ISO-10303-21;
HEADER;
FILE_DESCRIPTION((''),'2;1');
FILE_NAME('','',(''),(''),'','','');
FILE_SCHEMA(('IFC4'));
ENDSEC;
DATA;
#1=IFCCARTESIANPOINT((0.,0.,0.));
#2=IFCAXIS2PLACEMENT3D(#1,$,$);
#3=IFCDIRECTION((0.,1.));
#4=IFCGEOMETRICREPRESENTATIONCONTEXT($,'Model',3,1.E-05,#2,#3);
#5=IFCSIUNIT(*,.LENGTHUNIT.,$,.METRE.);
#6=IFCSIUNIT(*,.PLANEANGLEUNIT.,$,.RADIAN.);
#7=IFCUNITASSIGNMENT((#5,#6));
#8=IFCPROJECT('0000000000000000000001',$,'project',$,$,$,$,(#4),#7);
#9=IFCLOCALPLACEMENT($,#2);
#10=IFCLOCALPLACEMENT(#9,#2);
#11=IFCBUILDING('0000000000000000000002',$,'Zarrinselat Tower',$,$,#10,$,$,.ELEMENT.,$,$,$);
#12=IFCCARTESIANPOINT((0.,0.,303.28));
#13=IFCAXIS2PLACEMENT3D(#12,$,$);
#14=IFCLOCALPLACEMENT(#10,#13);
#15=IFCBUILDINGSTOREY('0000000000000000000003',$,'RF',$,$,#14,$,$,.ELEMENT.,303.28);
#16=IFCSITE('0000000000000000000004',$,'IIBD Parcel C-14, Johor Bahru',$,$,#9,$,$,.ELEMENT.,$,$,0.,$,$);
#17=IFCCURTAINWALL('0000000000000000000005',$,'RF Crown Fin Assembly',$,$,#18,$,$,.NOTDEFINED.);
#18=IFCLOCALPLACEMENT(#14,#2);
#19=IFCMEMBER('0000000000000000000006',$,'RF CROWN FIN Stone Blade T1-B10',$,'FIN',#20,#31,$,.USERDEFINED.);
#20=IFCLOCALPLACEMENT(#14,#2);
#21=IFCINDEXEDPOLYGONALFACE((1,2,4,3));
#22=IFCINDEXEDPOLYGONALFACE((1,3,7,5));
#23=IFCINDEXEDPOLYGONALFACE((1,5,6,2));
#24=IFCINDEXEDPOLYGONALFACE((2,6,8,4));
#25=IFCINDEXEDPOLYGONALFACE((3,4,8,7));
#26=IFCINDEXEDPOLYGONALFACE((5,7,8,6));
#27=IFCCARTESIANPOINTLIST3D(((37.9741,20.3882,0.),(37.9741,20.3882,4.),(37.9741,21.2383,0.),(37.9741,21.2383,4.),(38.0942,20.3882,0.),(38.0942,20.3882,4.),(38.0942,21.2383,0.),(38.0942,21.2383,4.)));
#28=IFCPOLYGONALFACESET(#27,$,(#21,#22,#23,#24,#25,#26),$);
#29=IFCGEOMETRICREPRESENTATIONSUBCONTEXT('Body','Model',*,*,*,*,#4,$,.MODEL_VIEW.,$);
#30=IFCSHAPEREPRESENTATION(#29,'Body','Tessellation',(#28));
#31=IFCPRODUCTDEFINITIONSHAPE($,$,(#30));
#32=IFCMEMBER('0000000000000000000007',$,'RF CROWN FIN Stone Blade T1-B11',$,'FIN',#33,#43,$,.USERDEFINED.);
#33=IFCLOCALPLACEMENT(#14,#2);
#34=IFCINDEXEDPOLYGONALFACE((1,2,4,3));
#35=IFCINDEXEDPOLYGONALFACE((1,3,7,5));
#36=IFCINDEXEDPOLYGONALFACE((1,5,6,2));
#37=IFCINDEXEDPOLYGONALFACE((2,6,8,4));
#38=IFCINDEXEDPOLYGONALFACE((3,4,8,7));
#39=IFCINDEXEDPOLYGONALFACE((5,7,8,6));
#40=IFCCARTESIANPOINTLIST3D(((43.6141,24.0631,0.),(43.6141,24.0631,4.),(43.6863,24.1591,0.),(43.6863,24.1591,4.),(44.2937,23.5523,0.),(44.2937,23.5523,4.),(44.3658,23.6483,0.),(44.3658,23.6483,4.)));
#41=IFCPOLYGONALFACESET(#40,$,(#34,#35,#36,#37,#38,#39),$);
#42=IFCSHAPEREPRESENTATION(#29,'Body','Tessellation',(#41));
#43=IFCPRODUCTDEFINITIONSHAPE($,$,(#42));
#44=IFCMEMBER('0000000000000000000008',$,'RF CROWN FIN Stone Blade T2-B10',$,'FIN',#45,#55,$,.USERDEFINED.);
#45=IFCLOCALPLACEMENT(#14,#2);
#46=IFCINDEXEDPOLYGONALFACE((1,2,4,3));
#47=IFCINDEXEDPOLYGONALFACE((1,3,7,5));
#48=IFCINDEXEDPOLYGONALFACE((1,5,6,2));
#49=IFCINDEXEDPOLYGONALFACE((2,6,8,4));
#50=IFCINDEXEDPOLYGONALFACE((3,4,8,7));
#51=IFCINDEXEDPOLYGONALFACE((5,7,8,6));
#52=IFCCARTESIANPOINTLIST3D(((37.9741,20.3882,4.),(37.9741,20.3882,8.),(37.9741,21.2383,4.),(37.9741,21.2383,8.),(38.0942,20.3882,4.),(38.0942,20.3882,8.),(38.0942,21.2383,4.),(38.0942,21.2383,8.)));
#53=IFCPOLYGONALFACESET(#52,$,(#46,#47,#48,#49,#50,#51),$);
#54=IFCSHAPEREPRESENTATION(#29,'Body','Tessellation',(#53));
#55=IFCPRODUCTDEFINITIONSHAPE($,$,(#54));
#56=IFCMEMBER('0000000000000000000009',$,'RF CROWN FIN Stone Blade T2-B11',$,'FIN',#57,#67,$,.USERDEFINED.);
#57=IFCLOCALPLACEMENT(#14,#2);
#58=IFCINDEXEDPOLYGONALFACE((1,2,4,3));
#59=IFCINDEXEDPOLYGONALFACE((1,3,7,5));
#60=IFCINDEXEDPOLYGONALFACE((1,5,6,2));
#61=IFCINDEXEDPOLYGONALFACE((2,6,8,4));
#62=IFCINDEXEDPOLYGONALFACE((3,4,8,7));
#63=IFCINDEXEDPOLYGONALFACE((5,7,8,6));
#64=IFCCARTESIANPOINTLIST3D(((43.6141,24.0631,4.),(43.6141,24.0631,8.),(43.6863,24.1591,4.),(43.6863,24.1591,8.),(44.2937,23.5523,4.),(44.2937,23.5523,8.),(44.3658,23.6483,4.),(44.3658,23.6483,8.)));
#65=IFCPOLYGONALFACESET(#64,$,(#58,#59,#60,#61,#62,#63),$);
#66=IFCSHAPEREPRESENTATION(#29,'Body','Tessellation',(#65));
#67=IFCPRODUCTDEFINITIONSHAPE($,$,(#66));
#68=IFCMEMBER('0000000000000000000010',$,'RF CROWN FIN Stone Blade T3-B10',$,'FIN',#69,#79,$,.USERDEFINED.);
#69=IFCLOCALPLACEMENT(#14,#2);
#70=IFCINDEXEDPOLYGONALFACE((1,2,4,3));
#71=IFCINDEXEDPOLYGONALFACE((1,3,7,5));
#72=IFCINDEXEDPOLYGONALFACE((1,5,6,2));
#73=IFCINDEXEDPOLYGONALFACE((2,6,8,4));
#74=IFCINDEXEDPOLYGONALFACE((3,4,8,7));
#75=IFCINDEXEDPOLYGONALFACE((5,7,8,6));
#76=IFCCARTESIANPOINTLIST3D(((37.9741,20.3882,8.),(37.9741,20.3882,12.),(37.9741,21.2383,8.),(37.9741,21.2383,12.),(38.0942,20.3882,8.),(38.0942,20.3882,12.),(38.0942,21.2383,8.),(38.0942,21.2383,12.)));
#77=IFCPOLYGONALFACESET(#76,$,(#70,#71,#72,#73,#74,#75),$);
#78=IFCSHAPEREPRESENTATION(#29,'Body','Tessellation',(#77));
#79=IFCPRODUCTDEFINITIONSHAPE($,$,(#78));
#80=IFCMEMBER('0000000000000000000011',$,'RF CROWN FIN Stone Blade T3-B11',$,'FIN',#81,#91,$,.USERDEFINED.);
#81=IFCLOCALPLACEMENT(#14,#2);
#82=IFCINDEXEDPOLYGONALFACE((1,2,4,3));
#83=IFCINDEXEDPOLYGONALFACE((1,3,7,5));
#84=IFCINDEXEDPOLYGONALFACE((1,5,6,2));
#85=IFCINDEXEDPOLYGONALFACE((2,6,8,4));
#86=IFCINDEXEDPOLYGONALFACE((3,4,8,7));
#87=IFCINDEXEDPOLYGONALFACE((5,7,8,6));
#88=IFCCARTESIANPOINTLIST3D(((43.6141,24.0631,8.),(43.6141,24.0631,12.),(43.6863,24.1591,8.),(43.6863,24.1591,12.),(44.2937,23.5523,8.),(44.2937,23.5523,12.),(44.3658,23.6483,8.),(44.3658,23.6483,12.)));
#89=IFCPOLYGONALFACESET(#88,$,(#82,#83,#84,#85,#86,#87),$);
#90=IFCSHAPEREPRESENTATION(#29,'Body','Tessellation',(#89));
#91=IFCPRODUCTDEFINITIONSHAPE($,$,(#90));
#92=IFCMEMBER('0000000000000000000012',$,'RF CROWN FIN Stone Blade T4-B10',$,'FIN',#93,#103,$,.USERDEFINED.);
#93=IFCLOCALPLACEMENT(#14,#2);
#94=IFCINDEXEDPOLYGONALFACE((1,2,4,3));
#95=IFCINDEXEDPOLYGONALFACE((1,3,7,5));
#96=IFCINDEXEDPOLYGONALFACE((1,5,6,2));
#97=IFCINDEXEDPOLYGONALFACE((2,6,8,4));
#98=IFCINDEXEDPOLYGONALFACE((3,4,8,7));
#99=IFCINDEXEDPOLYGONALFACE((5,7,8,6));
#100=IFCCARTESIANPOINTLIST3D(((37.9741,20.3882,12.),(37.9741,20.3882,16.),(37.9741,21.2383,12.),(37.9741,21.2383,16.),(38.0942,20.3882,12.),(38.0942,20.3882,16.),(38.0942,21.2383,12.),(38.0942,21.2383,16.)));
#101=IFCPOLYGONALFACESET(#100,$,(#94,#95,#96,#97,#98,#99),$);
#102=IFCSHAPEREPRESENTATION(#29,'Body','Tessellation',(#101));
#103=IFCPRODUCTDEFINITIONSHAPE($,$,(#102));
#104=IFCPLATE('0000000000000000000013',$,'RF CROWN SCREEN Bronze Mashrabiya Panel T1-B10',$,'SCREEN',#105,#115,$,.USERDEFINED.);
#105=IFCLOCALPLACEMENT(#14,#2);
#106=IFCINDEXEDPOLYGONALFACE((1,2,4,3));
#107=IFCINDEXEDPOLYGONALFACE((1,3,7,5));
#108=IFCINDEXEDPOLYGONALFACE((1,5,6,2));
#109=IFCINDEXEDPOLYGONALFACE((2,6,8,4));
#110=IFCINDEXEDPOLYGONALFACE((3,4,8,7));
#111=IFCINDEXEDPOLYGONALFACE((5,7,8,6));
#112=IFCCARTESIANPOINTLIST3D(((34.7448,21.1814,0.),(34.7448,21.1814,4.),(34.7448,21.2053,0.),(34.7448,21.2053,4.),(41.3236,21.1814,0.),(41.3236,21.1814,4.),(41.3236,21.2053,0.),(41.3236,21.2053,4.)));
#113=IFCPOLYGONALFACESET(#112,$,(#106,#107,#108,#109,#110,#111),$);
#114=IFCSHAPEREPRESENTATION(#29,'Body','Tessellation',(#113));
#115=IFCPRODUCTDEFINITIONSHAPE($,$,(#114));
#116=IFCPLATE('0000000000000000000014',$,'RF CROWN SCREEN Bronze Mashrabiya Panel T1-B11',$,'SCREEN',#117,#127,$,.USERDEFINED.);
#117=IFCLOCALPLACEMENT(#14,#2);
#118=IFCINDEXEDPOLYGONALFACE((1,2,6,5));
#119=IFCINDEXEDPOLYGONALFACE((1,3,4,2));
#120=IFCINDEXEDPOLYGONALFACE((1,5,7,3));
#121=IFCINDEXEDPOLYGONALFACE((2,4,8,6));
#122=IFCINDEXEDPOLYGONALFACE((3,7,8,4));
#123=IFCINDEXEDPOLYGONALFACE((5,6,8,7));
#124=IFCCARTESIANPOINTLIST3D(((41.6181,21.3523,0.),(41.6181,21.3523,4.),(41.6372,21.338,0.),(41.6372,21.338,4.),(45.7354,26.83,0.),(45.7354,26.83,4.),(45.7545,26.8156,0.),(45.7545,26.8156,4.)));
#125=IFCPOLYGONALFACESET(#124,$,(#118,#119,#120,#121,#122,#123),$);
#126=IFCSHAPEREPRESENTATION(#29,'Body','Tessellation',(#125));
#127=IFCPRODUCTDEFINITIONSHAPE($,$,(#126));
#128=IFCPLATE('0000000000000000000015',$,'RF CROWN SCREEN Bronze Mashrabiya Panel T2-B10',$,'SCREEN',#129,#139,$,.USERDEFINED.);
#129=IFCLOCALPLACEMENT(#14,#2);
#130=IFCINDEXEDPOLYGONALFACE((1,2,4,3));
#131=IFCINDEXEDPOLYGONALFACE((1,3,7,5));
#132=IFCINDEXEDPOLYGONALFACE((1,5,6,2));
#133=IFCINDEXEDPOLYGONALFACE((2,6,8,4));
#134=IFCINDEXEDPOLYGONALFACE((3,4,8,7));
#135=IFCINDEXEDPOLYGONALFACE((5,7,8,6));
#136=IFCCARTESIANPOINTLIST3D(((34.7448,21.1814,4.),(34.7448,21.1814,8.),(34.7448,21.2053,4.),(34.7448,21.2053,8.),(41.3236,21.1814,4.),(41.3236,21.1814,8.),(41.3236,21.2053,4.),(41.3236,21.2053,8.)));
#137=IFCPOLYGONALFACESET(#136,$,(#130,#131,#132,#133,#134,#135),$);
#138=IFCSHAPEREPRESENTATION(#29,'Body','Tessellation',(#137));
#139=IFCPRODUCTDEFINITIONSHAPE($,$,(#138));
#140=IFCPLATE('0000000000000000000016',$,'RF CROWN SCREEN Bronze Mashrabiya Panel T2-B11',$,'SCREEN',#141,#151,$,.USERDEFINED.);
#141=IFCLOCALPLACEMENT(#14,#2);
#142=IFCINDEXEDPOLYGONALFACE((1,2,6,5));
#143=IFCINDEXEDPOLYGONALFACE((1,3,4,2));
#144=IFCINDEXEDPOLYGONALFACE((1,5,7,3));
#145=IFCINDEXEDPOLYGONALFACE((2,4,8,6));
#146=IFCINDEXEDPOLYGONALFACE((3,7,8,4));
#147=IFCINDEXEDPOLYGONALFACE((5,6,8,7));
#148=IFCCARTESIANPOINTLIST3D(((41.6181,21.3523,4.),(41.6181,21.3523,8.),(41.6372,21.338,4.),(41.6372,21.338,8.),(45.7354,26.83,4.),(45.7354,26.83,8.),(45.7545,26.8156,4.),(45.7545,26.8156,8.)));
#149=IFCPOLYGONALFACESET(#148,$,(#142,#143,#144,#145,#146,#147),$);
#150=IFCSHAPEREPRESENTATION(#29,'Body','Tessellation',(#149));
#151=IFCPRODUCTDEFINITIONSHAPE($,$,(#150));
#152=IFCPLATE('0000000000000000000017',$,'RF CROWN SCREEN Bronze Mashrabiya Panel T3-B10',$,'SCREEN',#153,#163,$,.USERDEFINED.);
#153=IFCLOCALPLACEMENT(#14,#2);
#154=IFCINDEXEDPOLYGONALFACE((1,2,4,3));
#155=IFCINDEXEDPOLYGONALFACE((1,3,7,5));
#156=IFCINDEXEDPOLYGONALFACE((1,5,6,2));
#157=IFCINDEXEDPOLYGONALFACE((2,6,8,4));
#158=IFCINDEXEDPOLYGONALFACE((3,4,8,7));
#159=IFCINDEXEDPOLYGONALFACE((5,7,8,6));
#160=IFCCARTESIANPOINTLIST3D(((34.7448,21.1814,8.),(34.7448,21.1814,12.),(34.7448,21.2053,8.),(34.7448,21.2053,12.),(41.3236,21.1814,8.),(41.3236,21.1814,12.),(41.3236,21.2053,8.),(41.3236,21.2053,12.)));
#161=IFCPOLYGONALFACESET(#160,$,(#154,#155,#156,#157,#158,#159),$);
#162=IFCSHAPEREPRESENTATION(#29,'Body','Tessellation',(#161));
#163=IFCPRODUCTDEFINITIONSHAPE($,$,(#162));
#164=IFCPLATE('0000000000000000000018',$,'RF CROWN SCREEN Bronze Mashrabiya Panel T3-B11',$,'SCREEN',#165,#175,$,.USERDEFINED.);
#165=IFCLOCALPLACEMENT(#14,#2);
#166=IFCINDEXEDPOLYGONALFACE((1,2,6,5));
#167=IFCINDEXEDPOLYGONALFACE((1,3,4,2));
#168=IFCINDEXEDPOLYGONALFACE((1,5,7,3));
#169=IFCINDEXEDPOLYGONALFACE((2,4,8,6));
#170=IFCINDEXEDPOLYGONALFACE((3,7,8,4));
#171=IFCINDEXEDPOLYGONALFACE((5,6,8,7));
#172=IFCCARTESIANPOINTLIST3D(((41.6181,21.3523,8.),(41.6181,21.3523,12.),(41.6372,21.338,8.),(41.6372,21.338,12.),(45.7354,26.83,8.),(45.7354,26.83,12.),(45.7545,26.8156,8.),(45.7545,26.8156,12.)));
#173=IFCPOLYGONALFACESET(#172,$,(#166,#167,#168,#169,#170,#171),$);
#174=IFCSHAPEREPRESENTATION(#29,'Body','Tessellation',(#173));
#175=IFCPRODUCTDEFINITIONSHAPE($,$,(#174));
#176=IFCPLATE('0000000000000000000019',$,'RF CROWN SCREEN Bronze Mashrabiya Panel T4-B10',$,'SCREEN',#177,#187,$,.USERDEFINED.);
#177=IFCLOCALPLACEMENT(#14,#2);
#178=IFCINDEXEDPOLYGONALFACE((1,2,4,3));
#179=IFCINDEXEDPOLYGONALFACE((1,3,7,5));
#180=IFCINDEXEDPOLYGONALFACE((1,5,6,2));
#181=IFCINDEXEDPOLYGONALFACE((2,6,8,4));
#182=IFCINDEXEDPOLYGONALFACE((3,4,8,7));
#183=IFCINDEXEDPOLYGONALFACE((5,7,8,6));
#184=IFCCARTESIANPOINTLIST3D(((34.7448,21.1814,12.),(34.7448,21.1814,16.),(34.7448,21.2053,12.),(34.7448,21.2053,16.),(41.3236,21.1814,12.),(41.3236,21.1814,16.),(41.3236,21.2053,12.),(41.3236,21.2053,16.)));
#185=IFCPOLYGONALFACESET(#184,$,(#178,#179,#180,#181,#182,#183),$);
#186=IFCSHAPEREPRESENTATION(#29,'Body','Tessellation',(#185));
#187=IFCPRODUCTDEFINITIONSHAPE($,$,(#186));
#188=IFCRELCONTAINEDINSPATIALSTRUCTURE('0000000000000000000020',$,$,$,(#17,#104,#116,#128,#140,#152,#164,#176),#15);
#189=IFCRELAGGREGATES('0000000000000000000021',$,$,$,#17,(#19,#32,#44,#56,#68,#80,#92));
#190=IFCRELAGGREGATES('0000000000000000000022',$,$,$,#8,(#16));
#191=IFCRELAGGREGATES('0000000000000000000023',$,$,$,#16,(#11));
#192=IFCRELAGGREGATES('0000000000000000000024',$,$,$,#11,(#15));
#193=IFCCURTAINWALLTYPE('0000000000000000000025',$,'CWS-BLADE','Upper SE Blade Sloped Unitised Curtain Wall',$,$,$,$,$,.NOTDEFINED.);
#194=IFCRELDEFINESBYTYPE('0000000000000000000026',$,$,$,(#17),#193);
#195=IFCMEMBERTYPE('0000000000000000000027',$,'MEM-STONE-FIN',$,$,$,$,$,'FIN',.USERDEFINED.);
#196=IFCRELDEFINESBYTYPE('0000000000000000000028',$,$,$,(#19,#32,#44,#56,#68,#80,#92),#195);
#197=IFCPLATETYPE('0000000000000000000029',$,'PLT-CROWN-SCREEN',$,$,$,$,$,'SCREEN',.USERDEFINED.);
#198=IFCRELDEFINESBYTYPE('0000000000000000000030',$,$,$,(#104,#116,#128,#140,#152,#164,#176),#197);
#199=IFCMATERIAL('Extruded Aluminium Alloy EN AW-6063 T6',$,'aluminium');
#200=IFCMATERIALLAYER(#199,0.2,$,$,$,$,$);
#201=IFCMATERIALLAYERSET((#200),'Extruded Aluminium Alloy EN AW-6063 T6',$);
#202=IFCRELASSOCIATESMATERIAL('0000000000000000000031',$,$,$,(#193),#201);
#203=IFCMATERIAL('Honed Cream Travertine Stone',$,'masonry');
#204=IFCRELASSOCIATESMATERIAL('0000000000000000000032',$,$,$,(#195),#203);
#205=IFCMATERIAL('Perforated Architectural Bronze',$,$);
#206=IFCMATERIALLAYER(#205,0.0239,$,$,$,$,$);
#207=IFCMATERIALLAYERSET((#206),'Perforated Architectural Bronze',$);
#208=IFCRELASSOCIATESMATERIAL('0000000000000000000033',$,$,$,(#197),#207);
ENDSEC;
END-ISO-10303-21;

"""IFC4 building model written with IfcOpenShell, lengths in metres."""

from ifc_helpers import new_model, si_unit, direction, frame, origin, origin_2d, place, context, subcontext, project, spatial, rectangle, extrude, material, layer, layer_set, material_profile, profile_set, type_object, element, aggregate, save


model = new_model("IFC4")

# Units and contexts
model_context = context("Model", 3, precision=1e-05, world=origin(), true_north=direction((0.0, 1.0)))
body_context = subcontext(model_context, "Body", "Model", "MODEL_VIEW")
ifc_project = project(units=[si_unit("LENGTHUNIT", "METRE"), si_unit("PLANEANGLEUNIT", "RADIAN")], contexts=[model_context])

# Site, building, storey
site_placement = place(None, origin())
site = spatial("IfcSite", under=ifc_project, at=site_placement, Name="IIBD Parcel C-14, Johor Bahru", CompositionType="ELEMENT", RefElevation=0.0)
building_placement = place(site_placement, origin())
building = spatial("IfcBuilding", under=site, at=building_placement, Name="Zarrinselat Tower", CompositionType="ELEMENT")
storey_placement = place(building_placement, frame((0.0, 0.0, 303.28)))
storey = spatial("IfcBuildingStorey", under=building, at=storey_placement, Name="RF", CompositionType="ELEMENT", Elevation=303.28)

# Curtain wall, members
ifc_material_1 = material(Name="Extruded Aluminium Alloy EN AW-6063 T6", Category="aluminium")
ifc_layer_1 = layer(ifc_material_1, 0.2)
ifc_layer_set_1 = layer_set([ifc_layer_1], Name="Extruded Aluminium Alloy EN AW-6063 T6")
curtain_wall_type = type_object("IfcCurtainWallType", Name="CWS-BLADE", Description="Upper SE Blade Sloped Unitised Curtain Wall", PredefinedType="NOTDEFINED", material=ifc_layer_set_1)
curtain_wall_placement = place(storey_placement, origin())
curtain_wall = element("IfcCurtainWall", 1, at=curtain_wall_placement, inside=storey, type_object=curtain_wall_type, Name="RF Crown Fin Assembly", PredefinedType="NOTDEFINED")
ifc_material_2 = material(Name="Honed Cream Travertine Stone", Category="masonry")
ifc_material_profile_1 = material_profile(ifc_material_2, rectangle(XDim=0.1201, YDim=0.8501, at=origin_2d()), Name="FIN 850x120")
ifc_profile_set_1 = profile_set([ifc_material_profile_1], Name="Honed Cream Travertine Stone")
member_type_1 = type_object("IfcMemberType", Name="MEM-STONE-FIN", ElementType="FIN", PredefinedType="USERDEFINED", material=ifc_profile_set_1)
member_1_placement = place(storey_placement, frame((38.0342, 20.8132, 0.0), z_axis=(0.0, 0.0, 1.0), x_axis=(-1.0, 0.0, 0.0)))
member_1 = element("IfcMember", 2, at=member_1_placement, type_object=member_type_1, Name="RF CROWN FIN Stone Blade T1-B10", ObjectType="FIN", PredefinedType="USERDEFINED", context=body_context, shape_type="SweptSolid", body=[
    extrude(rectangle(XDim=0.1201, YDim=0.8501, at=origin_2d()), origin(), (0.0, 0.0, 1.0), 4.0),
])
member_2_placement = place(storey_placement, frame((43.99, 23.8557, 0.0), z_axis=(0.0, 0.0, 1.0), x_axis=(-0.600844, -0.799367, 0.0)))
member_2 = element("IfcMember", 3, at=member_2_placement, type_object=member_type_1, Name="RF CROWN FIN Stone Blade T1-B11", ObjectType="FIN", PredefinedType="USERDEFINED", context=body_context, shape_type="SweptSolid", body=[
    extrude(rectangle(XDim=0.1201, YDim=0.8501, at=origin_2d()), origin(), (0.0, 0.0, 1.0), 4.0),
])
member_3_placement = place(storey_placement, frame((38.0342, 20.8132, 4.0), z_axis=(0.0, 0.0, 1.0), x_axis=(-1.0, 0.0, 0.0)))
member_3 = element("IfcMember", 4, at=member_3_placement, type_object=member_type_1, Name="RF CROWN FIN Stone Blade T2-B10", ObjectType="FIN", PredefinedType="USERDEFINED", context=body_context, shape_type="SweptSolid", body=[
    extrude(rectangle(XDim=0.1201, YDim=0.8501, at=origin_2d()), origin(), (0.0, 0.0, 1.0), 4.0),
])
member_4_placement = place(storey_placement, frame((43.99, 23.8557, 4.0), z_axis=(0.0, 0.0, 1.0), x_axis=(-0.600844, -0.799367, 0.0)))
member_4 = element("IfcMember", 5, at=member_4_placement, type_object=member_type_1, Name="RF CROWN FIN Stone Blade T2-B11", ObjectType="FIN", PredefinedType="USERDEFINED", context=body_context, shape_type="SweptSolid", body=[
    extrude(rectangle(XDim=0.1201, YDim=0.8501, at=origin_2d()), origin(), (0.0, 0.0, 1.0), 4.0),
])
member_5_placement = place(storey_placement, frame((38.0342, 20.8132, 8.0), z_axis=(0.0, 0.0, 1.0), x_axis=(-1.0, 0.0, 0.0)))
member_5 = element("IfcMember", 6, at=member_5_placement, type_object=member_type_1, Name="RF CROWN FIN Stone Blade T3-B10", ObjectType="FIN", PredefinedType="USERDEFINED", context=body_context, shape_type="SweptSolid", body=[
    extrude(rectangle(XDim=0.1201, YDim=0.8501, at=origin_2d()), origin(), (0.0, 0.0, 1.0), 4.0),
])
member_6_placement = place(storey_placement, frame((43.99, 23.8557, 8.0), z_axis=(0.0, 0.0, 1.0), x_axis=(-0.600844, -0.799367, 0.0)))
member_6 = element("IfcMember", 7, at=member_6_placement, type_object=member_type_1, Name="RF CROWN FIN Stone Blade T3-B11", ObjectType="FIN", PredefinedType="USERDEFINED", context=body_context, shape_type="SweptSolid", body=[
    extrude(rectangle(XDim=0.1201, YDim=0.8501, at=origin_2d()), origin(), (0.0, 0.0, 1.0), 4.0),
])
member_7_placement = place(storey_placement, frame((38.0342, 20.8132, 12.0), z_axis=(0.0, 0.0, 1.0), x_axis=(-1.0, 0.0, 0.0)))
member_7 = element("IfcMember", 8, at=member_7_placement, type_object=member_type_1, Name="RF CROWN FIN Stone Blade T4-B10", ObjectType="FIN", PredefinedType="USERDEFINED", context=body_context, shape_type="SweptSolid", body=[
    extrude(rectangle(XDim=0.1201, YDim=0.8501, at=origin_2d()), origin(), (0.0, 0.0, 1.0), 4.0),
])
aggregate(curtain_wall, [member_1, member_2, member_3, member_4, member_5, member_6, member_7])

# Plates
ifc_material_3 = material(Name="Perforated Architectural Bronze")
ifc_layer_2 = layer(ifc_material_3, 0.0239)
ifc_layer_set_2 = layer_set([ifc_layer_2], Name="Perforated Architectural Bronze")
plate_type = type_object("IfcPlateType", Name="PLT-CROWN-SCREEN", ElementType="SCREEN", PredefinedType="USERDEFINED", material=ifc_layer_set_2)
plate_1_placement = place(storey_placement, frame((38.0342, 21.1934, 0.0), z_axis=(0.0, 0.0, 1.0), x_axis=(1.0, 0.0, 0.0)))
element("IfcPlate", 9, at=plate_1_placement, inside=storey, type_object=plate_type, Name="RF CROWN SCREEN Bronze Mashrabiya Panel T1-B10", ObjectType="SCREEN", PredefinedType="USERDEFINED", context=body_context, shape_type="SweptSolid", body=[
    extrude(rectangle(XDim=6.5789, YDim=0.0239, at=origin_2d()), origin(), (0.0, 0.0, 1.0), 4.0),
])
plate_2_placement = place(storey_placement, frame((43.6863, 24.084, 0.0), z_axis=(0.0, 0.0, 1.0), x_axis=(0.600844, 0.799367, 0.0)))
element("IfcPlate", 10, at=plate_2_placement, inside=storey, type_object=plate_type, Name="RF CROWN SCREEN Bronze Mashrabiya Panel T1-B11", ObjectType="SCREEN", PredefinedType="USERDEFINED", context=body_context, shape_type="SweptSolid", body=[
    extrude(rectangle(XDim=6.8525, YDim=0.0239, at=origin_2d()), origin(), (0.0, 0.0, 1.0), 4.0),
])
plate_3_placement = place(storey_placement, frame((38.0342, 21.1934, 4.0), z_axis=(0.0, 0.0, 1.0), x_axis=(1.0, 0.0, 0.0)))
element("IfcPlate", 11, at=plate_3_placement, inside=storey, type_object=plate_type, Name="RF CROWN SCREEN Bronze Mashrabiya Panel T2-B10", ObjectType="SCREEN", PredefinedType="USERDEFINED", context=body_context, shape_type="SweptSolid", body=[
    extrude(rectangle(XDim=6.5789, YDim=0.0239, at=origin_2d()), origin(), (0.0, 0.0, 1.0), 4.0),
])
plate_4_placement = place(storey_placement, frame((43.6863, 24.084, 4.0), z_axis=(0.0, 0.0, 1.0), x_axis=(0.600844, 0.799367, 0.0)))
element("IfcPlate", 12, at=plate_4_placement, inside=storey, type_object=plate_type, Name="RF CROWN SCREEN Bronze Mashrabiya Panel T2-B11", ObjectType="SCREEN", PredefinedType="USERDEFINED", context=body_context, shape_type="SweptSolid", body=[
    extrude(rectangle(XDim=6.8525, YDim=0.0239, at=origin_2d()), origin(), (0.0, 0.0, 1.0), 4.0),
])
plate_5_placement = place(storey_placement, frame((38.0342, 21.1934, 8.0), z_axis=(0.0, 0.0, 1.0), x_axis=(1.0, 0.0, 0.0)))
element("IfcPlate", 13, at=plate_5_placement, inside=storey, type_object=plate_type, Name="RF CROWN SCREEN Bronze Mashrabiya Panel T3-B10", ObjectType="SCREEN", PredefinedType="USERDEFINED", context=body_context, shape_type="SweptSolid", body=[
    extrude(rectangle(XDim=6.5789, YDim=0.0239, at=origin_2d()), origin(), (0.0, 0.0, 1.0), 4.0),
])
plate_6_placement = place(storey_placement, frame((43.6863, 24.084, 8.0), z_axis=(0.0, 0.0, 1.0), x_axis=(0.600844, 0.799367, 0.0)))
element("IfcPlate", 14, at=plate_6_placement, inside=storey, type_object=plate_type, Name="RF CROWN SCREEN Bronze Mashrabiya Panel T3-B11", ObjectType="SCREEN", PredefinedType="USERDEFINED", context=body_context, shape_type="SweptSolid", body=[
    extrude(rectangle(XDim=6.8525, YDim=0.0239, at=origin_2d()), origin(), (0.0, 0.0, 1.0), 4.0),
])
plate_7_placement = place(storey_placement, frame((38.0342, 21.1934, 12.0), z_axis=(0.0, 0.0, 1.0), x_axis=(1.0, 0.0, 0.0)))
element("IfcPlate", 15, at=plate_7_placement, inside=storey, type_object=plate_type, Name="RF CROWN SCREEN Bronze Mashrabiya Panel T4-B10", ObjectType="SCREEN", PredefinedType="USERDEFINED", context=body_context, shape_type="SweptSolid", body=[
    extrude(rectangle(XDim=6.5789, YDim=0.0239, at=origin_2d()), origin(), (0.0, 0.0, 1.0), 4.0),
])

save(model, "model.ifc")
